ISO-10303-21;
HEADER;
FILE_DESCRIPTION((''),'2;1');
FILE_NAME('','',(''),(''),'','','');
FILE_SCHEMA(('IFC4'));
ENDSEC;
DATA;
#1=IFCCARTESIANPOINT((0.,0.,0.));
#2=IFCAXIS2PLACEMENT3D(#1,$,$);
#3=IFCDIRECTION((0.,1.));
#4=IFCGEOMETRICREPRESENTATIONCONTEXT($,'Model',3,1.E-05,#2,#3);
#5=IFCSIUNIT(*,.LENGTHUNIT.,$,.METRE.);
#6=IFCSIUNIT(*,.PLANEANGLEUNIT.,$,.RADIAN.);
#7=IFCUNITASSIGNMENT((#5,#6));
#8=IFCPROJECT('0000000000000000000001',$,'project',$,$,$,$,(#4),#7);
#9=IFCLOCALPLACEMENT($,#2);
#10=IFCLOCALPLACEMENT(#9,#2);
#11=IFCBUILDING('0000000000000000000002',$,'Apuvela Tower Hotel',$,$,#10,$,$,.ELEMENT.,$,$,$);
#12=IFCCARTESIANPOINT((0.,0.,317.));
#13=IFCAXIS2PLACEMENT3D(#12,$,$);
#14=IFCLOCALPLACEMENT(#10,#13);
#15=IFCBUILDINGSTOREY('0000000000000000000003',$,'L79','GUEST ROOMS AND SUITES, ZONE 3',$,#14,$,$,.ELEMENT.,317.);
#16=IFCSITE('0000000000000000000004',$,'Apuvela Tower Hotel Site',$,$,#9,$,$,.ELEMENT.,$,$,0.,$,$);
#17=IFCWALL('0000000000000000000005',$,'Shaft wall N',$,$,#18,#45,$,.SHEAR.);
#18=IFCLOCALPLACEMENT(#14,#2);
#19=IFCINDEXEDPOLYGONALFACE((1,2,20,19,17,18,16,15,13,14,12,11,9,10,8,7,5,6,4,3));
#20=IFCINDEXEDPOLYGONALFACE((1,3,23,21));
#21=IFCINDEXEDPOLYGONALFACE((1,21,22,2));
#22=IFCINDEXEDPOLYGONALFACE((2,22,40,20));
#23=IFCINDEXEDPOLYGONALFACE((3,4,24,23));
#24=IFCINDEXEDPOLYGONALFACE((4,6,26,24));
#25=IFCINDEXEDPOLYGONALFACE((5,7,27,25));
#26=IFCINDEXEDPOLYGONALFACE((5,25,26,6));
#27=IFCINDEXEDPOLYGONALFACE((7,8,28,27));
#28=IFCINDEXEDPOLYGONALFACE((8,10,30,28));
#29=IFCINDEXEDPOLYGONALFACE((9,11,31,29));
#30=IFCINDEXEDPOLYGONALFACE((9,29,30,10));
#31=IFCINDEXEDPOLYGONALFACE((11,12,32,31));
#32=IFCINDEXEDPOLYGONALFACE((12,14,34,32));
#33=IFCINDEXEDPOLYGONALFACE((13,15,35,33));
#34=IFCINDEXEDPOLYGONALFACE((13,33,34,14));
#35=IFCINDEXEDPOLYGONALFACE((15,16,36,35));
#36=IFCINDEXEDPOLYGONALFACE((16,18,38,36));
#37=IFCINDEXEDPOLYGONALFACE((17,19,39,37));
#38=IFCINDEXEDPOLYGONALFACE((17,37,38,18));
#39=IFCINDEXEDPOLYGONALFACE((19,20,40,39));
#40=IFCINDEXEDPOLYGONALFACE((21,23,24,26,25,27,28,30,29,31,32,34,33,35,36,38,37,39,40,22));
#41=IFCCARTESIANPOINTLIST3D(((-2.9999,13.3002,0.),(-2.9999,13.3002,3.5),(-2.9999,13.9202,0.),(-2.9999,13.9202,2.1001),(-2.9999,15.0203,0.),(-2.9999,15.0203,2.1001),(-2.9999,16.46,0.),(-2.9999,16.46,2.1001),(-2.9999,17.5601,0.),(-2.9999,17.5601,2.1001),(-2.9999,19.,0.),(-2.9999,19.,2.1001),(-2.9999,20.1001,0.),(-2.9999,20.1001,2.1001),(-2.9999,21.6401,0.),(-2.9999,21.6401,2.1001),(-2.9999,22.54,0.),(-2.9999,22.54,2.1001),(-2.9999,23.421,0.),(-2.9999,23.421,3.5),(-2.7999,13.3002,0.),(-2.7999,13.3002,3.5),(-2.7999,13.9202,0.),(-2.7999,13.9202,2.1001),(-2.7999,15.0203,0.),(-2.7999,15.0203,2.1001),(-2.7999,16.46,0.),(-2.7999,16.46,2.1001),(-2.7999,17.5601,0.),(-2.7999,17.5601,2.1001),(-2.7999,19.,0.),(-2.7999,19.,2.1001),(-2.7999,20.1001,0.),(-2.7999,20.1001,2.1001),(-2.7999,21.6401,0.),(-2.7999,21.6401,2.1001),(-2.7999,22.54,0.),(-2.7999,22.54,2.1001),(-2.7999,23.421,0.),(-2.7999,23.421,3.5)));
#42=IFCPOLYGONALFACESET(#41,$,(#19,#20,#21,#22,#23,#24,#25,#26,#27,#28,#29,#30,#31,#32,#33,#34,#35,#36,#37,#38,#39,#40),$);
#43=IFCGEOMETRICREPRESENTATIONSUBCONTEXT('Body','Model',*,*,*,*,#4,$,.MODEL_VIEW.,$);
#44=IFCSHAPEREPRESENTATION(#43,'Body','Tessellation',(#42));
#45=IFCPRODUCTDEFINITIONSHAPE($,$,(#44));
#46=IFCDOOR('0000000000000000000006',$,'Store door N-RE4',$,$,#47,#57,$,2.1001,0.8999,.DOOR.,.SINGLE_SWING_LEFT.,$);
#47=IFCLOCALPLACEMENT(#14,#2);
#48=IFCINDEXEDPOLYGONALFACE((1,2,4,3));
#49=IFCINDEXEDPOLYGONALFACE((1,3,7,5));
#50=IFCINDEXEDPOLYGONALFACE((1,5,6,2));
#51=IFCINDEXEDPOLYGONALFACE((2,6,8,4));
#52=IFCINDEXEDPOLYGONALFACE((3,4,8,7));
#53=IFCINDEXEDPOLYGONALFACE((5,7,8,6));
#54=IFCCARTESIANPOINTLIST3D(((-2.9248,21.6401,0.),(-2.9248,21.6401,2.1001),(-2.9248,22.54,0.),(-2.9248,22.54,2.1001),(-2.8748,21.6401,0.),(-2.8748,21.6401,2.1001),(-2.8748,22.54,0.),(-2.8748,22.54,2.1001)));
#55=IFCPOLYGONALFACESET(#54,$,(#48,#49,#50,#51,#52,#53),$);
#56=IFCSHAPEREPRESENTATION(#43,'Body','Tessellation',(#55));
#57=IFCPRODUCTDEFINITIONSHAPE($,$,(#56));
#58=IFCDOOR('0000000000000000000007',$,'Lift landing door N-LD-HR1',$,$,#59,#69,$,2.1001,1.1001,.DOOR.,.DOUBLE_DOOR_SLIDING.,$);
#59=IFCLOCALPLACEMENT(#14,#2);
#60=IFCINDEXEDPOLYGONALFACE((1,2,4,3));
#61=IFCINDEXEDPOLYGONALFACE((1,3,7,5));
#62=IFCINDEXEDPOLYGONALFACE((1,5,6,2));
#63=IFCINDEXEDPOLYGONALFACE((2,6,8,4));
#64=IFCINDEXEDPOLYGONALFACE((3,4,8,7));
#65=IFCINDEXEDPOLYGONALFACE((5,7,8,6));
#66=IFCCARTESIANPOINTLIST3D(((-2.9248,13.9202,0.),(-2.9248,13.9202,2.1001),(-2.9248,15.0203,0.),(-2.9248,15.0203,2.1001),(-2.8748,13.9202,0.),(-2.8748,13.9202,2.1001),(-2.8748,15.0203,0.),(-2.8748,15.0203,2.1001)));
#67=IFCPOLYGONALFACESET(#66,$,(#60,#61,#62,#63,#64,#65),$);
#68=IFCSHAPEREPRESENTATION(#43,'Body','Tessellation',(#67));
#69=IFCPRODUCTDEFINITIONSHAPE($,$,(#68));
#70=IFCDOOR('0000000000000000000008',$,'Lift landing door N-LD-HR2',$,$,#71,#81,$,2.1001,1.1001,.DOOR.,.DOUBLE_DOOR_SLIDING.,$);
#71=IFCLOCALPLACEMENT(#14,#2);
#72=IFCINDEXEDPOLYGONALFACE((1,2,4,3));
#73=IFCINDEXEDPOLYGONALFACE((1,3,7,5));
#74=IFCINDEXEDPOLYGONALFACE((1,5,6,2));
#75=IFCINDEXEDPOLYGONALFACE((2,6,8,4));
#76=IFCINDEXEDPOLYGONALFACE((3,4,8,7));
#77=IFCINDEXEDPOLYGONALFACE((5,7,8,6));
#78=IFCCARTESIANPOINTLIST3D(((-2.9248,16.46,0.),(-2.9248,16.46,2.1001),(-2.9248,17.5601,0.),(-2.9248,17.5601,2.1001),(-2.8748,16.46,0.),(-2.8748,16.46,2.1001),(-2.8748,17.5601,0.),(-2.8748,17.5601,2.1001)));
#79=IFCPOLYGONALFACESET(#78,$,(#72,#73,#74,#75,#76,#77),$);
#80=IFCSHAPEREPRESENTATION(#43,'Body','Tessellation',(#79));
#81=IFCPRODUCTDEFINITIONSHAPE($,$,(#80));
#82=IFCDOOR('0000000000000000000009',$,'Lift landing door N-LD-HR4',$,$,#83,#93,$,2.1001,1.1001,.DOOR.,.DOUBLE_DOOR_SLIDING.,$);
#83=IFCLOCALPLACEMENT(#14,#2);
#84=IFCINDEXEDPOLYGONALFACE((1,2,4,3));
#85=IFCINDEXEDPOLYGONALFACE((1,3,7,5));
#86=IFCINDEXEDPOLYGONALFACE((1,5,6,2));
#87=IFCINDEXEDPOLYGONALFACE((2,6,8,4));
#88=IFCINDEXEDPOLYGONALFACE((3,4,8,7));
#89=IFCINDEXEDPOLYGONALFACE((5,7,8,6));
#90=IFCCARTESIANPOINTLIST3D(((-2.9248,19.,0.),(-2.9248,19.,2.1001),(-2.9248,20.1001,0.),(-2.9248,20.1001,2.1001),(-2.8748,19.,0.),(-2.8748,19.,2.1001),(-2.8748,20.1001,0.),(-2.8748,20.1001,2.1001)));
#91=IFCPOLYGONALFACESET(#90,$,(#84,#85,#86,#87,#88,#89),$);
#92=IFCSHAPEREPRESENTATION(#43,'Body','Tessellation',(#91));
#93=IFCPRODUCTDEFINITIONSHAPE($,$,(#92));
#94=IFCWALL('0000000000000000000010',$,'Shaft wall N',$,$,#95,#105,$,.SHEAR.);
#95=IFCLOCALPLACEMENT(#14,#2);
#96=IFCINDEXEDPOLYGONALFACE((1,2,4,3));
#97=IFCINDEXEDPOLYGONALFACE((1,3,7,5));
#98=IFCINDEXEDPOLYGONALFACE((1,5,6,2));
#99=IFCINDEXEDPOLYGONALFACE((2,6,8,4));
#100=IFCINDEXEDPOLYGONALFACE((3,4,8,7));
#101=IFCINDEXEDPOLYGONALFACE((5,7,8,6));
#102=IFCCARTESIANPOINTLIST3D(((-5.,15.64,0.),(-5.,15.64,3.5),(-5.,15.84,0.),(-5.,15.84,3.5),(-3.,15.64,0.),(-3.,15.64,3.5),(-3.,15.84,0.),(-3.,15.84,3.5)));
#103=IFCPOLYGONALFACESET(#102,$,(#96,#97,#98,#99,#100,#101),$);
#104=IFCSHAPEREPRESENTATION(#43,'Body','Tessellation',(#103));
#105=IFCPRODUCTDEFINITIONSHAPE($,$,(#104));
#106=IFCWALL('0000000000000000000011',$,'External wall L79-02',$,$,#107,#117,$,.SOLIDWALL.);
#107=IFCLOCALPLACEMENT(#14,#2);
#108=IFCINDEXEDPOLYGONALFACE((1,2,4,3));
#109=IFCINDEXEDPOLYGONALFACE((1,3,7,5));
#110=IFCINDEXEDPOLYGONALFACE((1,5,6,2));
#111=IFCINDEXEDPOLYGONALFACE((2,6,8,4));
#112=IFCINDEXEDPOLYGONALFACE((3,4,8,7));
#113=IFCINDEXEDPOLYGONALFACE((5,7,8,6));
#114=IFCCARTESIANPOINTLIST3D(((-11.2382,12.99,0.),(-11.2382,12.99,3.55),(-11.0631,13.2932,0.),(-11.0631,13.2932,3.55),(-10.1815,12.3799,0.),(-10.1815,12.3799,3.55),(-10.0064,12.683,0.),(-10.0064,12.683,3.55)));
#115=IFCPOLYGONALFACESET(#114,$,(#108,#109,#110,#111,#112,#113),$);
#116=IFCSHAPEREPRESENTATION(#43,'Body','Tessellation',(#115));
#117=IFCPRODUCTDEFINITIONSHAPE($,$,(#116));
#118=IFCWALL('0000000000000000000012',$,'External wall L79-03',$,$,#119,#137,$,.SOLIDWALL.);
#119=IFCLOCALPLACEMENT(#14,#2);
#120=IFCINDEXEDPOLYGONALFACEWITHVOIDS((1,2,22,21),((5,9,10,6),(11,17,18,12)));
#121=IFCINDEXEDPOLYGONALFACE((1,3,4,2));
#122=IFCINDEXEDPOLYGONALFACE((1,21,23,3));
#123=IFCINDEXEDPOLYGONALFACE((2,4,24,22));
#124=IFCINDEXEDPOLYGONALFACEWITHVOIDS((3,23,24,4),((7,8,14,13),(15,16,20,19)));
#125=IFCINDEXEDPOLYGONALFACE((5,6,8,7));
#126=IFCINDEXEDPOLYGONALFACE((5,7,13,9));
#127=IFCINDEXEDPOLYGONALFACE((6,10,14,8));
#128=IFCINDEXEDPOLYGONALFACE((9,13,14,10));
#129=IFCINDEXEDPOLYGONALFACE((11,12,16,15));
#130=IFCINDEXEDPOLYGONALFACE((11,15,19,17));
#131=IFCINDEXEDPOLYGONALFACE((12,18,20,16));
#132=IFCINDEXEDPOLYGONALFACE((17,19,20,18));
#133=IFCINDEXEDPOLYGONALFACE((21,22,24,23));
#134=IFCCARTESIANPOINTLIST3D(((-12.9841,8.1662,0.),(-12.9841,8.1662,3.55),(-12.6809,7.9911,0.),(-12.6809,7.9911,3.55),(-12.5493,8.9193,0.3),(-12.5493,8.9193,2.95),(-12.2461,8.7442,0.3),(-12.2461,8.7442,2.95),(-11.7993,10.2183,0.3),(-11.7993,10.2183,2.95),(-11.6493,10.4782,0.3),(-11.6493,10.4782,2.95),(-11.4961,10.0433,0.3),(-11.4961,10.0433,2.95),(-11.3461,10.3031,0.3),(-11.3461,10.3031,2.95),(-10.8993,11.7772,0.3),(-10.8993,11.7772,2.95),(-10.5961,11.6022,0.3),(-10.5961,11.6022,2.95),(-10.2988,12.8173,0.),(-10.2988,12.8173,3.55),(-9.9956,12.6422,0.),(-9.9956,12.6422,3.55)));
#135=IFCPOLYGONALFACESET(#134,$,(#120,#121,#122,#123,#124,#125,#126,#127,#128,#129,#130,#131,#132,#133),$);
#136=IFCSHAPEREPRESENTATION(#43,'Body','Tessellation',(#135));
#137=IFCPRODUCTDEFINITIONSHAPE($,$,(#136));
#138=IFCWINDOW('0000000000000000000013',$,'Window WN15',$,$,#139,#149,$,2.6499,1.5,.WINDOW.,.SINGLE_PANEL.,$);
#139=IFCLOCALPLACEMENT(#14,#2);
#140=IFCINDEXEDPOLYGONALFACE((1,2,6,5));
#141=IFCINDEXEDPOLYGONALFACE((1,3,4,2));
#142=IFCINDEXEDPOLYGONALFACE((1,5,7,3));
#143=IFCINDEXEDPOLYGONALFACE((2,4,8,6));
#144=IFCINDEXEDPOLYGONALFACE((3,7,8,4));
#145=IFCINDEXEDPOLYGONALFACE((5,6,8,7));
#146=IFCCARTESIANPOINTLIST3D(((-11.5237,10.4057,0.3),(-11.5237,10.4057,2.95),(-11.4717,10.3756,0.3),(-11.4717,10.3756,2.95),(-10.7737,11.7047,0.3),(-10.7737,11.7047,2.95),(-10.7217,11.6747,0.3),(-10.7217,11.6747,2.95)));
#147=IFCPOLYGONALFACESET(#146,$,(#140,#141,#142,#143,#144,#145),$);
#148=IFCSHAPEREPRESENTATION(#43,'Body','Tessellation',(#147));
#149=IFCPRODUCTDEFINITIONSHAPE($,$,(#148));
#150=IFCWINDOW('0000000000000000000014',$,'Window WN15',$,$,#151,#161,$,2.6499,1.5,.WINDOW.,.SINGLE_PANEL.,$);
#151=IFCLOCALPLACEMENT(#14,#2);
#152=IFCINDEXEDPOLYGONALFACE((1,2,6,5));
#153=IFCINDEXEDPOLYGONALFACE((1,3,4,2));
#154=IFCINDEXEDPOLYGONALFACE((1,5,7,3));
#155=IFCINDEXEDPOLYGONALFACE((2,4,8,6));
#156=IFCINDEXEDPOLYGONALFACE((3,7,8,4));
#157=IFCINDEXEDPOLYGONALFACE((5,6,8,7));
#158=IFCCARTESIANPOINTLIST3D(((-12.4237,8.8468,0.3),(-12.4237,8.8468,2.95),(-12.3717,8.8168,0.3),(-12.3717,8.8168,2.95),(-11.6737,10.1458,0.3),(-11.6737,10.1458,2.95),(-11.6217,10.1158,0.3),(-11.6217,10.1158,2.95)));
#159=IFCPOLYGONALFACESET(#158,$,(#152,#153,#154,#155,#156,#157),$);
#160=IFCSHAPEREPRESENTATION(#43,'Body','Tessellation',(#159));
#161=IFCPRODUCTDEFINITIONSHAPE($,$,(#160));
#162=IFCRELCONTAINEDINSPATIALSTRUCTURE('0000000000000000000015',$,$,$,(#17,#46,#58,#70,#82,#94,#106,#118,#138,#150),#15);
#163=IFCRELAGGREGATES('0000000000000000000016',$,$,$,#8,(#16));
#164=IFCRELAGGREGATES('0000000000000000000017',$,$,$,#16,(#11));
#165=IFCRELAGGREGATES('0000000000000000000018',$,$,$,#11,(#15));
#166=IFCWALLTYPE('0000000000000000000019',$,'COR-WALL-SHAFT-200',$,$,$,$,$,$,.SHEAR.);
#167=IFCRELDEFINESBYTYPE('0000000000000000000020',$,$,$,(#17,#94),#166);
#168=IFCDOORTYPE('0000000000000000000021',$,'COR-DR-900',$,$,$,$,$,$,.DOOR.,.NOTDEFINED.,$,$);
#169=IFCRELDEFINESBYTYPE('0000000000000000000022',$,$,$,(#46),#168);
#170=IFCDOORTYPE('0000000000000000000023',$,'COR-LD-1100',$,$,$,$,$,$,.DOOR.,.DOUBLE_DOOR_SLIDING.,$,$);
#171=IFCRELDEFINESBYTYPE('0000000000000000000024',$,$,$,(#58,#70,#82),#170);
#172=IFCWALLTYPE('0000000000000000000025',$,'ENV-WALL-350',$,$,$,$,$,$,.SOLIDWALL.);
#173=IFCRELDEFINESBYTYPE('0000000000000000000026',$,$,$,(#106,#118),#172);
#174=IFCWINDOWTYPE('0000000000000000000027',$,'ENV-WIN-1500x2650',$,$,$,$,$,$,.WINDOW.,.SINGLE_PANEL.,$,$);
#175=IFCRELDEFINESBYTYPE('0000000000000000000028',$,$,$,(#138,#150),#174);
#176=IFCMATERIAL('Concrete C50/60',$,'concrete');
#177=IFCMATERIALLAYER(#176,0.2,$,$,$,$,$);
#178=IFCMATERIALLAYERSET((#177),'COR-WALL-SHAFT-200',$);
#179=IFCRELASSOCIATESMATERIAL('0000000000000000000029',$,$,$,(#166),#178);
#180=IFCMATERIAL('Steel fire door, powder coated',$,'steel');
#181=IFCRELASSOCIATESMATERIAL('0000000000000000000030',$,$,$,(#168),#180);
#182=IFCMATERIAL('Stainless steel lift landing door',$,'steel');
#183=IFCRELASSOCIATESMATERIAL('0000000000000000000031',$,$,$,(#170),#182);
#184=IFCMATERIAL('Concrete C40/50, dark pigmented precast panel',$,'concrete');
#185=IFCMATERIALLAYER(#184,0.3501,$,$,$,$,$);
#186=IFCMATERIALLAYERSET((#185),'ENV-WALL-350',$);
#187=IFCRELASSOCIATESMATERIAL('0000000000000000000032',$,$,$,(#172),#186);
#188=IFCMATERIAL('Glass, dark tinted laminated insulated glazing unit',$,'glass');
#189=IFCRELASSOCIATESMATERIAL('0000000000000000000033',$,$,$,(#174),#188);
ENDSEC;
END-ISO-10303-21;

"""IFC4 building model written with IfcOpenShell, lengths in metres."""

from ifc_helpers import new_model, si_unit, direction, frame, frame_2d, origin, place, context, subcontext, project, spatial, rectangle, extrude, material, layer, layer_set, type_object, element, fill, save


model = new_model("IFC4")

# Units and contexts
model_context = context("Model", 3, precision=1e-05, world=origin(), true_north=direction((0.0, 1.0)))
body_context = subcontext(model_context, "Body", "Model", "MODEL_VIEW")
ifc_project = project(units=[si_unit("LENGTHUNIT", "METRE"), si_unit("PLANEANGLEUNIT", "RADIAN")], contexts=[model_context])

# Site, building, storey
site_placement = place(None, origin())
site = spatial("IfcSite", under=ifc_project, at=site_placement, Name="Apuvela Tower Hotel Site", CompositionType="ELEMENT", RefElevation=0.0)
building_placement = place(site_placement, origin())
building = spatial("IfcBuilding", under=site, at=building_placement, Name="Apuvela Tower Hotel", CompositionType="ELEMENT")
storey_placement = place(building_placement, frame((0.0, 0.0, 317.0)))
storey = spatial("IfcBuildingStorey", under=building, at=storey_placement, Name="L79", Description="GUEST ROOMS AND SUITES, ZONE 3", CompositionType="ELEMENT", Elevation=317.0)

# Shared definitions
ifc_material_1 = material(Name="Concrete C50/60", Category="concrete")
ifc_layer_1 = layer(ifc_material_1, 0.2)
ifc_layer_set_1 = layer_set([ifc_layer_1], Name="COR-WALL-SHAFT-200")
wall_type_1 = type_object("IfcWallType", Name="COR-WALL-SHAFT-200", PredefinedType="SHEAR", material=ifc_layer_set_1)

# Wall, openings, doors
wall_1_placement = place(storey_placement, frame((-2.8999, 13.3, 0.0), z_axis=(0.0, 0.0, 1.0), x_axis=(0.0, 1.0, 0.0)))
wall_1 = element("IfcWall", 1, at=wall_1_placement, inside=storey, type_object=wall_type_1, Name="Shaft wall N", PredefinedType="SHEAR", context=body_context, shape_type="SweptSolid", body=[
    extrude(rectangle(XDim=10.1208, YDim=0.2, at=frame_2d((5.0605, 0.0))), origin(), (0.0, 0.0, 1.0), 3.5),
])
opening_1_placement = place(wall_1_placement, frame((0.6201, 0.0, 0.0)))
opening_1 = element("IfcOpeningElement", 2, at=opening_1_placement, cuts=wall_1, PredefinedType="OPENING", context=body_context, shape_type="SweptSolid", body=[
    extrude(rectangle(XDim=1.1001, YDim=2.1001, at=frame_2d((0.55, 1.05))), frame((0.0, 0.1099, 0.0), z_axis=(0.0, -1.0, 0.0), x_axis=(1.0, 0.0, 0.0)), (0.0, 0.0, 1.0), 0.22),
])
opening_2_placement = place(wall_1_placement, frame((3.1599, 0.0, 0.0)))
opening_2 = element("IfcOpeningElement", 3, at=opening_2_placement, cuts=wall_1, PredefinedType="OPENING", context=body_context, shape_type="SweptSolid", body=[
    extrude(rectangle(XDim=1.1001, YDim=2.1001, at=frame_2d((0.55, 1.05))), frame((0.0, 0.1099, 0.0), z_axis=(0.0, -1.0, 0.0), x_axis=(1.0, 0.0, 0.0)), (0.0, 0.0, 1.0), 0.22),
])
opening_3_placement = place(wall_1_placement, frame((5.7, 0.0, 0.0)))
opening_3 = element("IfcOpeningElement", 4, at=opening_3_placement, cuts=wall_1, PredefinedType="OPENING", context=body_context, shape_type="SweptSolid", body=[
    extrude(rectangle(XDim=1.1001, YDim=2.1001, at=frame_2d((0.55, 1.05))), frame((0.0, 0.1099, 0.0), z_axis=(0.0, -1.0, 0.0), x_axis=(1.0, 0.0, 0.0)), (0.0, 0.0, 1.0), 0.22),
])
opening_4_placement = place(wall_1_placement, frame((8.3401, 0.0, 0.0)))
opening_4 = element("IfcOpeningElement", 5, at=opening_4_placement, cuts=wall_1, PredefinedType="OPENING", context=body_context, shape_type="SweptSolid", body=[
    extrude(rectangle(XDim=0.8999, YDim=2.1001, at=frame_2d((0.45, 1.05))), frame((0.0, 0.1099, 0.0), z_axis=(0.0, -1.0, 0.0), x_axis=(1.0, 0.0, 0.0)), (0.0, 0.0, 1.0), 0.22),
])
ifc_material_2 = material(Name="Steel fire door, powder coated", Category="steel")
door_type_1 = type_object("IfcDoorType", Name="COR-DR-900", OperationType="NOTDEFINED", PredefinedType="DOOR", material=ifc_material_2)
door_1_placement = place(opening_4_placement, origin())
door_1 = element("IfcDoor", 6, at=door_1_placement, inside=storey, type_object=door_type_1, Name="Store door N-RE4", OperationType="SINGLE_SWING_LEFT", OverallHeight=2.1001, OverallWidth=0.8999, PredefinedType="DOOR", context=body_context, shape_type="SweptSolid", body=[
    extrude(rectangle(XDim=0.8999, YDim=2.1001, at=frame_2d((0.45, 1.05))), frame((0.0, 0.0249, 0.0), z_axis=(0.0, -1.0, 0.0), x_axis=(1.0, 0.0, 0.0)), (0.0, 0.0, 1.0), 0.05),
])
fill(opening_4, door_1)
ifc_material_3 = material(Name="Stainless steel lift landing door", Category="steel")
door_type_2 = type_object("IfcDoorType", Name="COR-LD-1100", OperationType="DOUBLE_DOOR_SLIDING", PredefinedType="DOOR", material=ifc_material_3)
door_2_placement = place(opening_1_placement, origin())
door_2 = element("IfcDoor", 7, at=door_2_placement, inside=storey, type_object=door_type_2, Name="Lift landing door N-LD-HR1", OperationType="DOUBLE_DOOR_SLIDING", OverallHeight=2.1001, OverallWidth=1.1001, PredefinedType="DOOR", context=body_context, shape_type="SweptSolid", body=[
    extrude(rectangle(XDim=1.1001, YDim=2.1001, at=frame_2d((0.55, 1.05))), frame((0.0, 0.0249, 0.0), z_axis=(0.0, -1.0, 0.0), x_axis=(1.0, 0.0, 0.0)), (0.0, 0.0, 1.0), 0.05),
])
fill(opening_1, door_2)
door_3_placement = place(opening_2_placement, origin())
door_3 = element("IfcDoor", 8, at=door_3_placement, inside=storey, type_object=door_type_2, Name="Lift landing door N-LD-HR2", OperationType="DOUBLE_DOOR_SLIDING", OverallHeight=2.1001, OverallWidth=1.1001, PredefinedType="DOOR", context=body_context, shape_type="SweptSolid", body=[
    extrude(rectangle(XDim=1.1001, YDim=2.1001, at=frame_2d((0.55, 1.05))), frame((0.0, 0.0249, 0.0), z_axis=(0.0, -1.0, 0.0), x_axis=(1.0, 0.0, 0.0)), (0.0, 0.0, 1.0), 0.05),
])
fill(opening_2, door_3)
door_4_placement = place(opening_3_placement, origin())
door_4 = element("IfcDoor", 9, at=door_4_placement, inside=storey, type_object=door_type_2, Name="Lift landing door N-LD-HR4", OperationType="DOUBLE_DOOR_SLIDING", OverallHeight=2.1001, OverallWidth=1.1001, PredefinedType="DOOR", context=body_context, shape_type="SweptSolid", body=[
    extrude(rectangle(XDim=1.1001, YDim=2.1001, at=frame_2d((0.55, 1.05))), frame((0.0, 0.0249, 0.0), z_axis=(0.0, -1.0, 0.0), x_axis=(1.0, 0.0, 0.0)), (0.0, 0.0, 1.0), 0.05),
])
fill(opening_3, door_4)

# Walls
wall_2_placement = place(storey_placement, frame((-3.0, 15.74, 0.0), z_axis=(0.0, 0.0, 1.0), x_axis=(-1.0, 0.0, 0.0)))
element("IfcWall", 10, at=wall_2_placement, inside=storey, type_object=wall_type_1, Name="Shaft wall N", PredefinedType="SHEAR", context=body_context, shape_type="SweptSolid", body=[
    extrude(rectangle(XDim=2.0, YDim=0.2, at=frame_2d((1.0, 0.0))), origin(), (0.0, 0.0, 1.0), 3.5),
])
ifc_material_4 = material(Name="Concrete C40/50, dark pigmented precast panel", Category="concrete")
ifc_layer_2 = layer(ifc_material_4, 0.3501)
ifc_layer_set_2 = layer_set([ifc_layer_2], Name="ENV-WALL-350")
wall_type_2 = type_object("IfcWallType", Name="ENV-WALL-350", PredefinedType="SOLIDWALL", material=ifc_layer_set_2)
wall_3_placement = place(storey_placement, frame((-11.1506, 13.1416, 0.0), z_axis=(0.0, 0.0, 1.0), x_axis=(0.866006, -0.500034, 0.0)))
element("IfcWall", 11, at=wall_3_placement, inside=storey, type_object=wall_type_2, Name="External wall L79-02", PredefinedType="SOLIDWALL", context=body_context, shape_type="SweptSolid", body=[
    extrude(rectangle(XDim=1.2202, YDim=0.3501, at=frame_2d((0.6101, 0.0))), origin(), (0.0, 0.0, 1.0), 3.55),
])

# Wall, openings, windows
wall_4_placement = place(storey_placement, frame((-10.1472, 12.7297, 0.0), z_axis=(0.0, 0.0, 1.0), x_axis=(-0.499997, -0.866027, 0.0)))
wall_4 = element("IfcWall", 12, at=wall_4_placement, inside=storey, type_object=wall_type_2, Name="External wall L79-03", PredefinedType="SOLIDWALL", context=body_context, shape_type="SweptSolid", body=[
    extrude(rectangle(XDim=5.3706, YDim=0.3501, at=frame_2d((2.6853, 0.0))), origin(), (0.0, 0.0, 1.0), 3.55),
])
opening_5_placement = place(wall_4_placement, frame((1.2009, 0.0, 0.3)))
opening_5 = element("IfcOpeningElement", 13, at=opening_5_placement, cuts=wall_4, PredefinedType="OPENING", context=body_context, shape_type="SweptSolid", body=[
    extrude(rectangle(XDim=1.5, YDim=2.6499, at=frame_2d((0.75, 1.325))), frame((0.0, 0.1851, 0.0), z_axis=(0.0, -1.0, 0.0), x_axis=(1.0, 0.0, 0.0)), (0.0, 0.0, 1.0), 0.3701),
])
opening_6_placement = place(wall_4_placement, frame((3.001, 0.0, 0.3)))
opening_6 = element("IfcOpeningElement", 14, at=opening_6_placement, cuts=wall_4, PredefinedType="OPENING", context=body_context, shape_type="SweptSolid", body=[
    extrude(rectangle(XDim=1.5, YDim=2.6499, at=frame_2d((0.75, 1.325))), frame((0.0, 0.1851, 0.0), z_axis=(0.0, -1.0, 0.0), x_axis=(1.0, 0.0, 0.0)), (0.0, 0.0, 1.0), 0.3701),
])
ifc_material_5 = material(Name="Glass, dark tinted laminated insulated glazing unit", Category="glass")
window_type = type_object("IfcWindowType", Name="ENV-WIN-1500x2650", PartitioningType="SINGLE_PANEL", PredefinedType="WINDOW", material=ifc_material_5)
window_1_placement = place(opening_5_placement, origin())
window_1 = element("IfcWindow", 15, at=window_1_placement, inside=storey, type_object=window_type, Name="Window WN15", OverallHeight=2.6499, OverallWidth=1.5, PartitioningType="SINGLE_PANEL", PredefinedType="WINDOW", context=body_context, shape_type="SweptSolid", body=[
    extrude(rectangle(XDim=1.5, YDim=2.6499, at=frame_2d((0.75, 1.325))), frame((0.0, 0.03, 0.0), z_axis=(0.0, -1.0, 0.0), x_axis=(1.0, 0.0, 0.0)), (0.0, 0.0, 1.0), 0.0601),
])
fill(opening_5, window_1)
window_2_placement = place(opening_6_placement, origin())
window_2 = element("IfcWindow", 16, at=window_2_placement, inside=storey, type_object=window_type, Name="Window WN15", OverallHeight=2.6499, OverallWidth=1.5, PartitioningType="SINGLE_PANEL", PredefinedType="WINDOW", context=body_context, shape_type="SweptSolid", body=[
    extrude(rectangle(XDim=1.5, YDim=2.6499, at=frame_2d((0.75, 1.325))), frame((0.0, 0.03, 0.0), z_axis=(0.0, -1.0, 0.0), x_axis=(1.0, 0.0, 0.0)), (0.0, 0.0, 1.0), 0.0601),
])
fill(opening_6, window_2)

save(model, "model.ifc")
